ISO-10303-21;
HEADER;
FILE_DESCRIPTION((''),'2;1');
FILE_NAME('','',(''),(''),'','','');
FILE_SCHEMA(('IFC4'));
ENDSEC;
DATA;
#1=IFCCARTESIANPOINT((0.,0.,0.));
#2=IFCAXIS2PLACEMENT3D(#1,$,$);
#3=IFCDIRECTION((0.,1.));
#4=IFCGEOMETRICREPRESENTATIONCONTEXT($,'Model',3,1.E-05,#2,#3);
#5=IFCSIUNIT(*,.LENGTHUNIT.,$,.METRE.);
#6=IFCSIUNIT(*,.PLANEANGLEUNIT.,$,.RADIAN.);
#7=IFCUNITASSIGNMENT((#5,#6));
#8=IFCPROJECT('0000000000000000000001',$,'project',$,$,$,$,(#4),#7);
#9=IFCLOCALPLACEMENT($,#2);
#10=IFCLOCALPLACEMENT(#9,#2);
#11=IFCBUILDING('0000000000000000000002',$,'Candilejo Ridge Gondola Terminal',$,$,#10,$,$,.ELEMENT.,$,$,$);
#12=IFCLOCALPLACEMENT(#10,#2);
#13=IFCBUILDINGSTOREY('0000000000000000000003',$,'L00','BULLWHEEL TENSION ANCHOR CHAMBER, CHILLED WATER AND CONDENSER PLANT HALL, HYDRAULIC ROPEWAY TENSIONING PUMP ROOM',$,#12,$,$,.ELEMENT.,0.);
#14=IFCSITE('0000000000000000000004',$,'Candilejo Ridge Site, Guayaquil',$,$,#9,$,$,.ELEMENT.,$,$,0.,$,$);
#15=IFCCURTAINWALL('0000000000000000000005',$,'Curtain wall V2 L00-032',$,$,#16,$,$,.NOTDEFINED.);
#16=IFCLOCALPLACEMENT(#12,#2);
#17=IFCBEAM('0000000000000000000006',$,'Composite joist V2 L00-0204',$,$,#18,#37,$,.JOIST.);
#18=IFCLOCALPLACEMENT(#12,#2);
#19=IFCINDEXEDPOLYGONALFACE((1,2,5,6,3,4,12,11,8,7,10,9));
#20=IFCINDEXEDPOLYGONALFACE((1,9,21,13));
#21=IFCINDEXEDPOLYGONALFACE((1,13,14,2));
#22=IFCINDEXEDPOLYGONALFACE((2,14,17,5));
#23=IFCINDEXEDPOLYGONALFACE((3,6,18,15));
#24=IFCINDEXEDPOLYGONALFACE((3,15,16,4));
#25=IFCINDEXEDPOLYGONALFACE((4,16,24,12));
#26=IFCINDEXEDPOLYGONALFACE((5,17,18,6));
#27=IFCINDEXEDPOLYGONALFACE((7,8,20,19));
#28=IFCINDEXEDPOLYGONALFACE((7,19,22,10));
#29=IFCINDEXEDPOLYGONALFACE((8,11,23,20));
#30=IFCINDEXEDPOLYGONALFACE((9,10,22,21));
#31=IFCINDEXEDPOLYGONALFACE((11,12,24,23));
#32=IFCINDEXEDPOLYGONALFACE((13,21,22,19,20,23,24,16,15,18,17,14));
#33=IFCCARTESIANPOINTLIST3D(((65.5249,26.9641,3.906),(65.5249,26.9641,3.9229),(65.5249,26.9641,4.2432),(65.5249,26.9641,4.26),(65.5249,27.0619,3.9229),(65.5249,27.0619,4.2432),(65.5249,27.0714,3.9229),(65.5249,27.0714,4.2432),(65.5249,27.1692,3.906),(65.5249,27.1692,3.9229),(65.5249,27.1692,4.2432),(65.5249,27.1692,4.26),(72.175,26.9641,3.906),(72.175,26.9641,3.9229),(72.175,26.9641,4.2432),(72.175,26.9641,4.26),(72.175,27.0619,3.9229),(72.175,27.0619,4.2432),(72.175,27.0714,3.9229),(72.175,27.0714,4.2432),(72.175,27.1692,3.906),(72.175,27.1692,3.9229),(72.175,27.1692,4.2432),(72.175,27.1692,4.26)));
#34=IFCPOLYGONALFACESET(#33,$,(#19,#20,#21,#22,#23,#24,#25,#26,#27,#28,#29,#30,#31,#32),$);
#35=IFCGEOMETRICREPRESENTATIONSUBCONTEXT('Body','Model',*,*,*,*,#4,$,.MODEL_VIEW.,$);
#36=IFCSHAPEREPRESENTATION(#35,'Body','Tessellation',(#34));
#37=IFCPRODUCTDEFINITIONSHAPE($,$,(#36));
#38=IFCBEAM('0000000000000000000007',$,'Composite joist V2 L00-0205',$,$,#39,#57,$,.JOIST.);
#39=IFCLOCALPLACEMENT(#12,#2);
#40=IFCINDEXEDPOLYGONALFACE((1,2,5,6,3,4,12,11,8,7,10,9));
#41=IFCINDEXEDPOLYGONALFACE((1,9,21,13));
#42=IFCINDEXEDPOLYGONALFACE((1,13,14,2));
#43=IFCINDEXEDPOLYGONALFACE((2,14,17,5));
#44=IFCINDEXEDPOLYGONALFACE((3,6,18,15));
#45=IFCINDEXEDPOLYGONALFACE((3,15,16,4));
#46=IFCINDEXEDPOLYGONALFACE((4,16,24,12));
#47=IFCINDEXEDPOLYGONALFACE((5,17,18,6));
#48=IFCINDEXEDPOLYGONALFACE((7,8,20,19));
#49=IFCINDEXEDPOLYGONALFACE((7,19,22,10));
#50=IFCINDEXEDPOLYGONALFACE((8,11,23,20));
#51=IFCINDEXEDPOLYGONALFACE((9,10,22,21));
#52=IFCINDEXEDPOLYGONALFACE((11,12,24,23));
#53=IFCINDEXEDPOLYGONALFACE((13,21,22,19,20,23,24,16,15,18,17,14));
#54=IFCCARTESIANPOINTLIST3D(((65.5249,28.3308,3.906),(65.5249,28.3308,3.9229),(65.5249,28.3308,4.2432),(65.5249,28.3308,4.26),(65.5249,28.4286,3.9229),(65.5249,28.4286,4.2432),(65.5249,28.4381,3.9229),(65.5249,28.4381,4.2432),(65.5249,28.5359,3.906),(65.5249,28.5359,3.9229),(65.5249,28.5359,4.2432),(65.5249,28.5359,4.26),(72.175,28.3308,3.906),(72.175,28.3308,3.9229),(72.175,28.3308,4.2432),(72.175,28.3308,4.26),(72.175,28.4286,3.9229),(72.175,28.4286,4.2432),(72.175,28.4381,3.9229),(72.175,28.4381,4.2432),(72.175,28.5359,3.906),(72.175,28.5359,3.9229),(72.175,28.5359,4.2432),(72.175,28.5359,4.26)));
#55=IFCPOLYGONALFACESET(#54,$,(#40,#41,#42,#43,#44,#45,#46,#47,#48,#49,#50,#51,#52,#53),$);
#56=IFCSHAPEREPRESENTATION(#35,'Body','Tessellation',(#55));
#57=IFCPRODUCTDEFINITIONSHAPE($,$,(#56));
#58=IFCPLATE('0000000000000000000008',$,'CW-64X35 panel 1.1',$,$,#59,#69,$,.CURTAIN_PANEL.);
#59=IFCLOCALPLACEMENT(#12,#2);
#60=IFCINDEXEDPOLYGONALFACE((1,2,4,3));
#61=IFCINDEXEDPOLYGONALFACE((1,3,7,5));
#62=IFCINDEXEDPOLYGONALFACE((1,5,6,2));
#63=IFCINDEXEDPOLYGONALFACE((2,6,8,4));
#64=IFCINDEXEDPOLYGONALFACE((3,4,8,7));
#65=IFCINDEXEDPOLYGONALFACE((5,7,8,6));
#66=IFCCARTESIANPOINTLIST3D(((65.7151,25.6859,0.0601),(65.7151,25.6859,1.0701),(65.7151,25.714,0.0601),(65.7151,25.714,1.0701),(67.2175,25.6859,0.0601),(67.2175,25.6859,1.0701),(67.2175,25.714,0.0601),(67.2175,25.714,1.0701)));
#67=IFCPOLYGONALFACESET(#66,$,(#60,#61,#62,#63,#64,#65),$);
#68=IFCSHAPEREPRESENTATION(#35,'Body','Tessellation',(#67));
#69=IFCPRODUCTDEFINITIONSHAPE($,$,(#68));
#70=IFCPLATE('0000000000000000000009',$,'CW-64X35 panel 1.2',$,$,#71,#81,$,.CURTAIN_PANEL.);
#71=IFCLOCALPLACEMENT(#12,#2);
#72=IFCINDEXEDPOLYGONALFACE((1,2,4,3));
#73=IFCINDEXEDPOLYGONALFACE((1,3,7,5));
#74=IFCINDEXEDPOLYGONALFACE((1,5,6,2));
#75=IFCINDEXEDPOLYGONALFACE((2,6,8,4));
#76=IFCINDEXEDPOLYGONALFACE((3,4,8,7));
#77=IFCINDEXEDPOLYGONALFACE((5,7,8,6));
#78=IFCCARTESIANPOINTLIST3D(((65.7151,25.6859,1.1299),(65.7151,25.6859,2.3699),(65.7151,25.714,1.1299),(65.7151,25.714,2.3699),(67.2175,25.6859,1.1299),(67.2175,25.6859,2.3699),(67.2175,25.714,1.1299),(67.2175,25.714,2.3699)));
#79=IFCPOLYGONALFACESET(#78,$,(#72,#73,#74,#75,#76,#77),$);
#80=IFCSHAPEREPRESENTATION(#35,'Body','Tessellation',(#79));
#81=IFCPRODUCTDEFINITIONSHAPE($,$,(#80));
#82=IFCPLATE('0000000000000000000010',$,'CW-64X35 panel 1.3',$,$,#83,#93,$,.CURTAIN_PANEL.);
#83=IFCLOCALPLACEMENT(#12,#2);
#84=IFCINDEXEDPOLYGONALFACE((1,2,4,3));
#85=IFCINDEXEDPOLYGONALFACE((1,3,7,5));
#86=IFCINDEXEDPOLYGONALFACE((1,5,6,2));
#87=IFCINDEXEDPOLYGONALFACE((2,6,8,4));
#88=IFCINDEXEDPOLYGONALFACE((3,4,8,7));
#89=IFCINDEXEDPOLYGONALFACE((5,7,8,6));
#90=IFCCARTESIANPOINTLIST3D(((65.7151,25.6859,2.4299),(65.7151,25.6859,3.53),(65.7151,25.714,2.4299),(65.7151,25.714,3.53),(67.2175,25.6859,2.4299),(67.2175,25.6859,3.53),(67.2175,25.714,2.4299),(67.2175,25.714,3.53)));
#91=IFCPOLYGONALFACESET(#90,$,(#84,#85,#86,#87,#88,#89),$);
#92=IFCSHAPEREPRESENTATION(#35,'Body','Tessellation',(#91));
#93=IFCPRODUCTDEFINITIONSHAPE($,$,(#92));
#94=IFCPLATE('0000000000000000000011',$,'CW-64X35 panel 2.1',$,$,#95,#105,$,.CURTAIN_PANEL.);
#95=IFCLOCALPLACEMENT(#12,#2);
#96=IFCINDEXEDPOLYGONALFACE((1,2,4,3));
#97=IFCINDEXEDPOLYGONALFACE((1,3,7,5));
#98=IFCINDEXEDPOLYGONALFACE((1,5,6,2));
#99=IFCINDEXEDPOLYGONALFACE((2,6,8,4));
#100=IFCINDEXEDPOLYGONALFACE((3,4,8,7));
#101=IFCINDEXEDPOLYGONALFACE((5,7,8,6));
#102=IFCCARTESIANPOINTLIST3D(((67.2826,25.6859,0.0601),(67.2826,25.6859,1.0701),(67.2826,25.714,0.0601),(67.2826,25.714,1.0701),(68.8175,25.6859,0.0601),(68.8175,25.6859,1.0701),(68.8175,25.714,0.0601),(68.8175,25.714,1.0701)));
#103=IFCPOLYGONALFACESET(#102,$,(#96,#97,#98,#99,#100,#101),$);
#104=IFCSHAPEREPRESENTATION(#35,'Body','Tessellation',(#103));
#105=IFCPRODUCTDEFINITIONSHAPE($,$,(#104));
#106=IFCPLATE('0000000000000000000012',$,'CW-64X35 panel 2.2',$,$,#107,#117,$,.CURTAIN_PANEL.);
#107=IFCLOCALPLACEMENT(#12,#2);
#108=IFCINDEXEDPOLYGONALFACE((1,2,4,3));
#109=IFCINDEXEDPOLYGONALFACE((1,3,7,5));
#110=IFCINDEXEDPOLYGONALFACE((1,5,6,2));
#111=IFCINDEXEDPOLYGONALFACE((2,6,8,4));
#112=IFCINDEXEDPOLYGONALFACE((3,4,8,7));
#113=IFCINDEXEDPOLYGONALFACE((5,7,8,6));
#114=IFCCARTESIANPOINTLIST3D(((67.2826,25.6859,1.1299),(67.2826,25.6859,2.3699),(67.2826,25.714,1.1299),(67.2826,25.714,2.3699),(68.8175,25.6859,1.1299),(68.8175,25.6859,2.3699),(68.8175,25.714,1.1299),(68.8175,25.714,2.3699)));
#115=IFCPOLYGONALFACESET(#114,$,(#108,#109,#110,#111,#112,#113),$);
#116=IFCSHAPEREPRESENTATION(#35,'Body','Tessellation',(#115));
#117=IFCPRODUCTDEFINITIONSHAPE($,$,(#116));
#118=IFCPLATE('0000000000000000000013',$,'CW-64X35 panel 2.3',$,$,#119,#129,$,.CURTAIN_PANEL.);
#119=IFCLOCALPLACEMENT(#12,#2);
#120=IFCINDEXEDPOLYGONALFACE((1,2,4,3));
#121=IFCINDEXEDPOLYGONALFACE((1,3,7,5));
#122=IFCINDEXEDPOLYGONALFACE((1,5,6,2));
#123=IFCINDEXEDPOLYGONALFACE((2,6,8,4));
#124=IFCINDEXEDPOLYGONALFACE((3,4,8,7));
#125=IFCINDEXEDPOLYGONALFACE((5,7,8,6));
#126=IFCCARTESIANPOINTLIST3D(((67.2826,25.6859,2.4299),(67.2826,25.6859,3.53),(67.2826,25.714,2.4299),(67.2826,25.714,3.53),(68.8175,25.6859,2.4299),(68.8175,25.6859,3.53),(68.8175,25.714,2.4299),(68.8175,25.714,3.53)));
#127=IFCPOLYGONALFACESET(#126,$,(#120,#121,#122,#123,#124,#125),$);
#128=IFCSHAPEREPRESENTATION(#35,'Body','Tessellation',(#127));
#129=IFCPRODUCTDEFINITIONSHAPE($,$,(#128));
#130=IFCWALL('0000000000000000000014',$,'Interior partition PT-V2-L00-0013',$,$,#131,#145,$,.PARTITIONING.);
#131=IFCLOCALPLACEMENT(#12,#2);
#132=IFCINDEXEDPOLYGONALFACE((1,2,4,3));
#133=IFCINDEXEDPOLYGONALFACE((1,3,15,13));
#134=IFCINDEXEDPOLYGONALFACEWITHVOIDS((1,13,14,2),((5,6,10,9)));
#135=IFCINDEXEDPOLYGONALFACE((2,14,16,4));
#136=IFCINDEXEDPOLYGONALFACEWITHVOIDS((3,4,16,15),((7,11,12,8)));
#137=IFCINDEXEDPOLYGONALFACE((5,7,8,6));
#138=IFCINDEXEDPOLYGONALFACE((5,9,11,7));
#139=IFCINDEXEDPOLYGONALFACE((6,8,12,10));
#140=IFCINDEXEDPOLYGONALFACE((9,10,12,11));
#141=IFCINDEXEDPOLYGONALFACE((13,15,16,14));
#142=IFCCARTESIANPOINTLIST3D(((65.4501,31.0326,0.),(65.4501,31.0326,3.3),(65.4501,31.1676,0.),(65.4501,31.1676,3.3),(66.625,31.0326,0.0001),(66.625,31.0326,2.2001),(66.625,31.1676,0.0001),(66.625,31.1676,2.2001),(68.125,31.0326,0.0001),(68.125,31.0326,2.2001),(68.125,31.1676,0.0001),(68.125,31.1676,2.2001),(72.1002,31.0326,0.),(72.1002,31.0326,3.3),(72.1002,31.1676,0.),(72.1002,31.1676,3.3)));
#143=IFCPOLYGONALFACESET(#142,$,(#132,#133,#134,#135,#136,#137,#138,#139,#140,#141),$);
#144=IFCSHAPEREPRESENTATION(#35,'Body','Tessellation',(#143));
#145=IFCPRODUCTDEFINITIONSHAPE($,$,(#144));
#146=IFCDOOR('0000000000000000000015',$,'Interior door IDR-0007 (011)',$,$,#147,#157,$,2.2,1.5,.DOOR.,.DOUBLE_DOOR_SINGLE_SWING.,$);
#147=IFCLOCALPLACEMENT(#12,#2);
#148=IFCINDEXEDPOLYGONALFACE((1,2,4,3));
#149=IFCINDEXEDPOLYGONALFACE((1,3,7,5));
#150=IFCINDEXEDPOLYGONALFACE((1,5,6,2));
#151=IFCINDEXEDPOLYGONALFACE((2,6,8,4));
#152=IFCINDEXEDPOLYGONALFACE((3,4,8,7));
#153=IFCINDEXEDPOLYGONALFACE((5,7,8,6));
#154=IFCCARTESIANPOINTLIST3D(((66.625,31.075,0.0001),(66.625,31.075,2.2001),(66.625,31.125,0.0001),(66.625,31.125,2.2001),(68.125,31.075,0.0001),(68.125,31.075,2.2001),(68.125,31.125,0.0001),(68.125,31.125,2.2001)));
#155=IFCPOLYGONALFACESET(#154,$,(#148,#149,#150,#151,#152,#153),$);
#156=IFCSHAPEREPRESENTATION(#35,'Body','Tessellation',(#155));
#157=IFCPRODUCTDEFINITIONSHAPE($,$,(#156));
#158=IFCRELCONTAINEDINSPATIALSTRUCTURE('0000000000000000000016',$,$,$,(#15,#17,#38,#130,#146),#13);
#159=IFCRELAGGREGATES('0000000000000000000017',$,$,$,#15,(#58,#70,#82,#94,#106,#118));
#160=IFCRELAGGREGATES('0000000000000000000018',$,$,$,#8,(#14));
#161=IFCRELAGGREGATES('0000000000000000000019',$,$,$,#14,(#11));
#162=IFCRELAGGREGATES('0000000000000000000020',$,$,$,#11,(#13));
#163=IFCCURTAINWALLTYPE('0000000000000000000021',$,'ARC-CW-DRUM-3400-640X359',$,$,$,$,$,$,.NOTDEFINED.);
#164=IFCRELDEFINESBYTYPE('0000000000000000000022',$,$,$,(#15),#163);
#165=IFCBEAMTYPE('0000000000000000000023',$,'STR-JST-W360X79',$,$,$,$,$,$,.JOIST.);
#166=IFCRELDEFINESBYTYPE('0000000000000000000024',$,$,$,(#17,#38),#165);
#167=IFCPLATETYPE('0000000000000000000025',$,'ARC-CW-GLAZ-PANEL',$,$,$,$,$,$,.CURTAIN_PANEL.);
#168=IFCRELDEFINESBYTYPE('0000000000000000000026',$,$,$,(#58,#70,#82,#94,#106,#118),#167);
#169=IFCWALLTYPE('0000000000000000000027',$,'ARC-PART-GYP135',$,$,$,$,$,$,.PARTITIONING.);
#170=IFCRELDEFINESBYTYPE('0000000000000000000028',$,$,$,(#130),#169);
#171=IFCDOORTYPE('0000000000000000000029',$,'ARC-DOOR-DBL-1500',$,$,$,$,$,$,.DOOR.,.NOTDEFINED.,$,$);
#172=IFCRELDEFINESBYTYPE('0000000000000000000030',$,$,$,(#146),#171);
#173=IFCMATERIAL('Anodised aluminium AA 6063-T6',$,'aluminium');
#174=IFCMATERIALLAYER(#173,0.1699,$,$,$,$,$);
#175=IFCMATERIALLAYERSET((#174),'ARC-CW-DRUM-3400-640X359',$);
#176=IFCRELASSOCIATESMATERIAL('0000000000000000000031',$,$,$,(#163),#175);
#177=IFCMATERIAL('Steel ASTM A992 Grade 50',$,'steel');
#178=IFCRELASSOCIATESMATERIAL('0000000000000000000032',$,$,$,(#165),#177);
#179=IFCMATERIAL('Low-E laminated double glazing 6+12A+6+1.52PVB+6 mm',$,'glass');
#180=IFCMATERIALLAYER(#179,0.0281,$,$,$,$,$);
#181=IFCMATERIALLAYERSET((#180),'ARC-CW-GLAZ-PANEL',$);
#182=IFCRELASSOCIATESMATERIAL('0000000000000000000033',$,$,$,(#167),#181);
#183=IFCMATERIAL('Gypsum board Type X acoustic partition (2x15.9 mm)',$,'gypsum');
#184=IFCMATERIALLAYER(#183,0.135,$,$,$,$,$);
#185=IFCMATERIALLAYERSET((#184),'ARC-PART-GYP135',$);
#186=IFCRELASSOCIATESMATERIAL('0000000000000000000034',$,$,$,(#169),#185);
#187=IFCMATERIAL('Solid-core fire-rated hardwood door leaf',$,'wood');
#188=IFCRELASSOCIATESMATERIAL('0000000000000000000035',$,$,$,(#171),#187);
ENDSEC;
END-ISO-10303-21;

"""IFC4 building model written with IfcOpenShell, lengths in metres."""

from ifc_helpers import new_model, si_unit, direction, frame, frame_2d, origin, origin_2d, place, context, subcontext, project, spatial, rectangle, i_section, extrude, material, layer, layer_set, material_profile, profile_set, type_object, element, fill, aggregate, save


model = new_model("IFC4")

# Units and contexts
model_context = context("Model", 3, precision=1e-05, world=origin(), true_north=direction((0.0, 1.0)))
body_context = subcontext(model_context, "Body", "Model", "MODEL_VIEW")
ifc_project = project(units=[si_unit("LENGTHUNIT", "METRE"), si_unit("PLANEANGLEUNIT", "RADIAN")], contexts=[model_context])

# Site, building, storey
site_placement = place(None, origin())
site = spatial("IfcSite", under=ifc_project, at=site_placement, Name="Candilejo Ridge Site, Guayaquil", CompositionType="ELEMENT", RefElevation=0.0)
building_placement = place(site_placement, origin())
building = spatial("IfcBuilding", under=site, at=building_placement, Name="Candilejo Ridge Gondola Terminal", CompositionType="ELEMENT")
storey_placement = place(building_placement, origin())
storey = spatial("IfcBuildingStorey", under=building, at=storey_placement, Name="L00", Description="BULLWHEEL TENSION ANCHOR CHAMBER, CHILLED WATER AND CONDENSER PLANT HALL, HYDRAULIC ROPEWAY TENSIONING PUMP ROOM", CompositionType="ELEMENT", Elevation=0.0)

# Curtain wall
ifc_material_1 = material(Name="Anodised aluminium AA 6063-T6", Category="aluminium")
ifc_layer_1 = layer(ifc_material_1, 0.1699)
ifc_layer_set_1 = layer_set([ifc_layer_1], Name="ARC-CW-DRUM-3400-640X359")
curtain_wall_type = type_object("IfcCurtainWallType", Name="ARC-CW-DRUM-3400-640X359", PredefinedType="NOTDEFINED", material=ifc_layer_set_1)
curtain_wall_placement = place(storey_placement, origin())
curtain_wall = element("IfcCurtainWall", 1, at=curtain_wall_placement, inside=storey, type_object=curtain_wall_type, Name="Curtain wall V2 L00-032", PredefinedType="NOTDEFINED")

# Beams
ifc_material_2 = material(Name="Steel ASTM A992 Grade 50", Category="steel")
ifc_material_profile_1 = material_profile(ifc_material_2, i_section(OverallWidth=0.2051, OverallDepth=0.354, WebThickness=0.0095, FlangeThickness=0.0168, at=origin_2d()))
ifc_profile_set_1 = profile_set([ifc_material_profile_1], Name="Steel ASTM A992 Grade 50")
beam_type = type_object("IfcBeamType", Name="STR-JST-W360X79", PredefinedType="JOIST", material=ifc_profile_set_1)
for number, where, z_axis, x_axis, name in (
    (2, (65.5249, 27.0667, 4.083), (1.0, 0.0, 0.0), (0.0, 1.0, 0.0), "Composite joist V2 L00-0204"),
    (3, (65.5249, 28.4333, 4.083), (1.0, 0.0, 0.0), (0.0, 1.0, 0.0), "Composite joist V2 L00-0205"),
):
    element("IfcBeam", number, at=place(storey_placement, frame(where, z_axis=z_axis, x_axis=x_axis)), inside=storey, type_object=beam_type, Name=name, PredefinedType="JOIST", context=body_context, shape_type="SweptSolid", body=[
        extrude(i_section(OverallWidth=0.2051, OverallDepth=0.354, WebThickness=0.0095, FlangeThickness=0.0168, at=origin_2d()), origin(), (0.0, 0.0, 1.0), 6.6501),
    ])

# Plates
ifc_material_3 = material(Name="Low-E laminated double glazing 6+12A+6+1.52PVB+6 mm", Category="glass")
ifc_layer_2 = layer(ifc_material_3, 0.0281)
ifc_layer_set_2 = layer_set([ifc_layer_2], Name="ARC-CW-GLAZ-PANEL")
plate_type = type_object("IfcPlateType", Name="ARC-CW-GLAZ-PANEL", PredefinedType="CURTAIN_PANEL", material=ifc_layer_set_2)
plate_1_placement = place(storey_placement, frame((66.4663, 25.7, 0.0601), z_axis=(0.0, 0.0, 1.0), x_axis=(1.0, 0.0, 0.0)))
plate_1 = element("IfcPlate", 4, at=plate_1_placement, type_object=plate_type, Name="CW-64X35 panel 1.1", PredefinedType="CURTAIN_PANEL", context=body_context, shape_type="SweptSolid", body=[
    extrude(rectangle(XDim=1.5024, YDim=0.0281, at=origin_2d()), origin(), (0.0, 0.0, 1.0), 1.01),
])
plate_2_placement = place(storey_placement, frame((66.4663, 25.7, 1.1299), z_axis=(0.0, 0.0, 1.0), x_axis=(1.0, 0.0, 0.0)))
plate_2 = element("IfcPlate", 5, at=plate_2_placement, type_object=plate_type, Name="CW-64X35 panel 1.2", PredefinedType="CURTAIN_PANEL", context=body_context, shape_type="SweptSolid", body=[
    extrude(rectangle(XDim=1.5024, YDim=0.0281, at=origin_2d()), origin(), (0.0, 0.0, 1.0), 1.24),
])
plate_3_placement = place(storey_placement, frame((66.4663, 25.7, 2.4299), z_axis=(0.0, 0.0, 1.0), x_axis=(1.0, 0.0, 0.0)))
plate_3 = element("IfcPlate", 6, at=plate_3_placement, type_object=plate_type, Name="CW-64X35 panel 1.3", PredefinedType="CURTAIN_PANEL", context=body_context, shape_type="SweptSolid", body=[
    extrude(rectangle(XDim=1.5024, YDim=0.0281, at=origin_2d()), origin(), (0.0, 0.0, 1.0), 1.1001),
])
plate_4_placement = place(storey_placement, frame((68.05, 25.7, 0.0601), z_axis=(0.0, 0.0, 1.0), x_axis=(1.0, 0.0, 0.0)))
plate_4 = element("IfcPlate", 7, at=plate_4_placement, type_object=plate_type, Name="CW-64X35 panel 2.1", PredefinedType="CURTAIN_PANEL", context=body_context, shape_type="SweptSolid", body=[
    extrude(rectangle(XDim=1.5349, YDim=0.0281, at=origin_2d()), origin(), (0.0, 0.0, 1.0), 1.01),
])
plate_5_placement = place(storey_placement, frame((68.05, 25.7, 1.1299), z_axis=(0.0, 0.0, 1.0), x_axis=(1.0, 0.0, 0.0)))
plate_5 = element("IfcPlate", 8, at=plate_5_placement, type_object=plate_type, Name="CW-64X35 panel 2.2", PredefinedType="CURTAIN_PANEL", context=body_context, shape_type="SweptSolid", body=[
    extrude(rectangle(XDim=1.5349, YDim=0.0281, at=origin_2d()), origin(), (0.0, 0.0, 1.0), 1.24),
])
plate_6_placement = place(storey_placement, frame((68.05, 25.7, 2.4299), z_axis=(0.0, 0.0, 1.0), x_axis=(1.0, 0.0, 0.0)))
plate_6 = element("IfcPlate", 9, at=plate_6_placement, type_object=plate_type, Name="CW-64X35 panel 2.3", PredefinedType="CURTAIN_PANEL", context=body_context, shape_type="SweptSolid", body=[
    extrude(rectangle(XDim=1.5349, YDim=0.0281, at=origin_2d()), origin(), (0.0, 0.0, 1.0), 1.1001),
])
aggregate(curtain_wall, [plate_1, plate_2, plate_3, plate_4, plate_5, plate_6])

# Wall, opening, door
ifc_material_4 = material(Name="Gypsum board Type X acoustic partition (2x15.9 mm)", Category="gypsum")
ifc_layer_3 = layer(ifc_material_4, 0.135)
ifc_layer_set_3 = layer_set([ifc_layer_3], Name="ARC-PART-GYP135")
wall_type_1 = type_object("IfcWallType", Name="ARC-PART-GYP135", PredefinedType="PARTITIONING", material=ifc_layer_set_3)
wall_1_placement = place(storey_placement, frame((65.45, 31.1001, 0.0), z_axis=(0.0, 0.0, 1.0), x_axis=(1.0, 0.0, 0.0)))
wall_1 = element("IfcWall", 10, at=wall_1_placement, inside=storey, type_object=wall_type_1, Name="Interior partition PT-V2-L00-0013", PredefinedType="PARTITIONING", context=body_context, shape_type="SweptSolid", body=[
    extrude(rectangle(XDim=6.6501, YDim=0.135, at=frame_2d((3.3252, 0.0))), origin(), (0.0, 0.0, 1.0), 3.3),
])
opening_1_placement = place(wall_1_placement, frame((1.175, 0.0, 0.0)))
opening_1 = element("IfcOpeningElement", 11, at=opening_1_placement, cuts=wall_1, PredefinedType="OPENING", context=body_context, shape_type="SweptSolid", body=[
    extrude(rectangle(XDim=1.5, YDim=2.2, at=frame_2d((0.75, 1.1001))), frame((0.0, 0.0774, 0.0), z_axis=(0.0, -1.0, 0.0), x_axis=(1.0, 0.0, 0.0)), (0.0, 0.0, 1.0), 0.155),
])
ifc_material_5 = material(Name="Solid-core fire-rated hardwood door leaf", Category="wood")
door_type_1 = type_object("IfcDoorType", Name="ARC-DOOR-DBL-1500", OperationType="NOTDEFINED", PredefinedType="DOOR", material=ifc_material_5)
door_1_placement = place(opening_1_placement, origin())
door_1 = element("IfcDoor", 12, at=door_1_placement, inside=storey, type_object=door_type_1, Name="Interior door IDR-0007 (011)", OperationType="DOUBLE_DOOR_SINGLE_SWING", OverallHeight=2.2, OverallWidth=1.5, PredefinedType="DOOR", context=body_context, shape_type="SweptSolid", body=[
    extrude(rectangle(XDim=1.5, YDim=2.2, at=frame_2d((0.75, 1.1001))), frame((0.0, 0.0249, 0.0), z_axis=(0.0, -1.0, 0.0), x_axis=(1.0, 0.0, 0.0)), (0.0, 0.0, 1.0), 0.05),
])
fill(opening_1, door_1)

save(model, "model.ifc")
